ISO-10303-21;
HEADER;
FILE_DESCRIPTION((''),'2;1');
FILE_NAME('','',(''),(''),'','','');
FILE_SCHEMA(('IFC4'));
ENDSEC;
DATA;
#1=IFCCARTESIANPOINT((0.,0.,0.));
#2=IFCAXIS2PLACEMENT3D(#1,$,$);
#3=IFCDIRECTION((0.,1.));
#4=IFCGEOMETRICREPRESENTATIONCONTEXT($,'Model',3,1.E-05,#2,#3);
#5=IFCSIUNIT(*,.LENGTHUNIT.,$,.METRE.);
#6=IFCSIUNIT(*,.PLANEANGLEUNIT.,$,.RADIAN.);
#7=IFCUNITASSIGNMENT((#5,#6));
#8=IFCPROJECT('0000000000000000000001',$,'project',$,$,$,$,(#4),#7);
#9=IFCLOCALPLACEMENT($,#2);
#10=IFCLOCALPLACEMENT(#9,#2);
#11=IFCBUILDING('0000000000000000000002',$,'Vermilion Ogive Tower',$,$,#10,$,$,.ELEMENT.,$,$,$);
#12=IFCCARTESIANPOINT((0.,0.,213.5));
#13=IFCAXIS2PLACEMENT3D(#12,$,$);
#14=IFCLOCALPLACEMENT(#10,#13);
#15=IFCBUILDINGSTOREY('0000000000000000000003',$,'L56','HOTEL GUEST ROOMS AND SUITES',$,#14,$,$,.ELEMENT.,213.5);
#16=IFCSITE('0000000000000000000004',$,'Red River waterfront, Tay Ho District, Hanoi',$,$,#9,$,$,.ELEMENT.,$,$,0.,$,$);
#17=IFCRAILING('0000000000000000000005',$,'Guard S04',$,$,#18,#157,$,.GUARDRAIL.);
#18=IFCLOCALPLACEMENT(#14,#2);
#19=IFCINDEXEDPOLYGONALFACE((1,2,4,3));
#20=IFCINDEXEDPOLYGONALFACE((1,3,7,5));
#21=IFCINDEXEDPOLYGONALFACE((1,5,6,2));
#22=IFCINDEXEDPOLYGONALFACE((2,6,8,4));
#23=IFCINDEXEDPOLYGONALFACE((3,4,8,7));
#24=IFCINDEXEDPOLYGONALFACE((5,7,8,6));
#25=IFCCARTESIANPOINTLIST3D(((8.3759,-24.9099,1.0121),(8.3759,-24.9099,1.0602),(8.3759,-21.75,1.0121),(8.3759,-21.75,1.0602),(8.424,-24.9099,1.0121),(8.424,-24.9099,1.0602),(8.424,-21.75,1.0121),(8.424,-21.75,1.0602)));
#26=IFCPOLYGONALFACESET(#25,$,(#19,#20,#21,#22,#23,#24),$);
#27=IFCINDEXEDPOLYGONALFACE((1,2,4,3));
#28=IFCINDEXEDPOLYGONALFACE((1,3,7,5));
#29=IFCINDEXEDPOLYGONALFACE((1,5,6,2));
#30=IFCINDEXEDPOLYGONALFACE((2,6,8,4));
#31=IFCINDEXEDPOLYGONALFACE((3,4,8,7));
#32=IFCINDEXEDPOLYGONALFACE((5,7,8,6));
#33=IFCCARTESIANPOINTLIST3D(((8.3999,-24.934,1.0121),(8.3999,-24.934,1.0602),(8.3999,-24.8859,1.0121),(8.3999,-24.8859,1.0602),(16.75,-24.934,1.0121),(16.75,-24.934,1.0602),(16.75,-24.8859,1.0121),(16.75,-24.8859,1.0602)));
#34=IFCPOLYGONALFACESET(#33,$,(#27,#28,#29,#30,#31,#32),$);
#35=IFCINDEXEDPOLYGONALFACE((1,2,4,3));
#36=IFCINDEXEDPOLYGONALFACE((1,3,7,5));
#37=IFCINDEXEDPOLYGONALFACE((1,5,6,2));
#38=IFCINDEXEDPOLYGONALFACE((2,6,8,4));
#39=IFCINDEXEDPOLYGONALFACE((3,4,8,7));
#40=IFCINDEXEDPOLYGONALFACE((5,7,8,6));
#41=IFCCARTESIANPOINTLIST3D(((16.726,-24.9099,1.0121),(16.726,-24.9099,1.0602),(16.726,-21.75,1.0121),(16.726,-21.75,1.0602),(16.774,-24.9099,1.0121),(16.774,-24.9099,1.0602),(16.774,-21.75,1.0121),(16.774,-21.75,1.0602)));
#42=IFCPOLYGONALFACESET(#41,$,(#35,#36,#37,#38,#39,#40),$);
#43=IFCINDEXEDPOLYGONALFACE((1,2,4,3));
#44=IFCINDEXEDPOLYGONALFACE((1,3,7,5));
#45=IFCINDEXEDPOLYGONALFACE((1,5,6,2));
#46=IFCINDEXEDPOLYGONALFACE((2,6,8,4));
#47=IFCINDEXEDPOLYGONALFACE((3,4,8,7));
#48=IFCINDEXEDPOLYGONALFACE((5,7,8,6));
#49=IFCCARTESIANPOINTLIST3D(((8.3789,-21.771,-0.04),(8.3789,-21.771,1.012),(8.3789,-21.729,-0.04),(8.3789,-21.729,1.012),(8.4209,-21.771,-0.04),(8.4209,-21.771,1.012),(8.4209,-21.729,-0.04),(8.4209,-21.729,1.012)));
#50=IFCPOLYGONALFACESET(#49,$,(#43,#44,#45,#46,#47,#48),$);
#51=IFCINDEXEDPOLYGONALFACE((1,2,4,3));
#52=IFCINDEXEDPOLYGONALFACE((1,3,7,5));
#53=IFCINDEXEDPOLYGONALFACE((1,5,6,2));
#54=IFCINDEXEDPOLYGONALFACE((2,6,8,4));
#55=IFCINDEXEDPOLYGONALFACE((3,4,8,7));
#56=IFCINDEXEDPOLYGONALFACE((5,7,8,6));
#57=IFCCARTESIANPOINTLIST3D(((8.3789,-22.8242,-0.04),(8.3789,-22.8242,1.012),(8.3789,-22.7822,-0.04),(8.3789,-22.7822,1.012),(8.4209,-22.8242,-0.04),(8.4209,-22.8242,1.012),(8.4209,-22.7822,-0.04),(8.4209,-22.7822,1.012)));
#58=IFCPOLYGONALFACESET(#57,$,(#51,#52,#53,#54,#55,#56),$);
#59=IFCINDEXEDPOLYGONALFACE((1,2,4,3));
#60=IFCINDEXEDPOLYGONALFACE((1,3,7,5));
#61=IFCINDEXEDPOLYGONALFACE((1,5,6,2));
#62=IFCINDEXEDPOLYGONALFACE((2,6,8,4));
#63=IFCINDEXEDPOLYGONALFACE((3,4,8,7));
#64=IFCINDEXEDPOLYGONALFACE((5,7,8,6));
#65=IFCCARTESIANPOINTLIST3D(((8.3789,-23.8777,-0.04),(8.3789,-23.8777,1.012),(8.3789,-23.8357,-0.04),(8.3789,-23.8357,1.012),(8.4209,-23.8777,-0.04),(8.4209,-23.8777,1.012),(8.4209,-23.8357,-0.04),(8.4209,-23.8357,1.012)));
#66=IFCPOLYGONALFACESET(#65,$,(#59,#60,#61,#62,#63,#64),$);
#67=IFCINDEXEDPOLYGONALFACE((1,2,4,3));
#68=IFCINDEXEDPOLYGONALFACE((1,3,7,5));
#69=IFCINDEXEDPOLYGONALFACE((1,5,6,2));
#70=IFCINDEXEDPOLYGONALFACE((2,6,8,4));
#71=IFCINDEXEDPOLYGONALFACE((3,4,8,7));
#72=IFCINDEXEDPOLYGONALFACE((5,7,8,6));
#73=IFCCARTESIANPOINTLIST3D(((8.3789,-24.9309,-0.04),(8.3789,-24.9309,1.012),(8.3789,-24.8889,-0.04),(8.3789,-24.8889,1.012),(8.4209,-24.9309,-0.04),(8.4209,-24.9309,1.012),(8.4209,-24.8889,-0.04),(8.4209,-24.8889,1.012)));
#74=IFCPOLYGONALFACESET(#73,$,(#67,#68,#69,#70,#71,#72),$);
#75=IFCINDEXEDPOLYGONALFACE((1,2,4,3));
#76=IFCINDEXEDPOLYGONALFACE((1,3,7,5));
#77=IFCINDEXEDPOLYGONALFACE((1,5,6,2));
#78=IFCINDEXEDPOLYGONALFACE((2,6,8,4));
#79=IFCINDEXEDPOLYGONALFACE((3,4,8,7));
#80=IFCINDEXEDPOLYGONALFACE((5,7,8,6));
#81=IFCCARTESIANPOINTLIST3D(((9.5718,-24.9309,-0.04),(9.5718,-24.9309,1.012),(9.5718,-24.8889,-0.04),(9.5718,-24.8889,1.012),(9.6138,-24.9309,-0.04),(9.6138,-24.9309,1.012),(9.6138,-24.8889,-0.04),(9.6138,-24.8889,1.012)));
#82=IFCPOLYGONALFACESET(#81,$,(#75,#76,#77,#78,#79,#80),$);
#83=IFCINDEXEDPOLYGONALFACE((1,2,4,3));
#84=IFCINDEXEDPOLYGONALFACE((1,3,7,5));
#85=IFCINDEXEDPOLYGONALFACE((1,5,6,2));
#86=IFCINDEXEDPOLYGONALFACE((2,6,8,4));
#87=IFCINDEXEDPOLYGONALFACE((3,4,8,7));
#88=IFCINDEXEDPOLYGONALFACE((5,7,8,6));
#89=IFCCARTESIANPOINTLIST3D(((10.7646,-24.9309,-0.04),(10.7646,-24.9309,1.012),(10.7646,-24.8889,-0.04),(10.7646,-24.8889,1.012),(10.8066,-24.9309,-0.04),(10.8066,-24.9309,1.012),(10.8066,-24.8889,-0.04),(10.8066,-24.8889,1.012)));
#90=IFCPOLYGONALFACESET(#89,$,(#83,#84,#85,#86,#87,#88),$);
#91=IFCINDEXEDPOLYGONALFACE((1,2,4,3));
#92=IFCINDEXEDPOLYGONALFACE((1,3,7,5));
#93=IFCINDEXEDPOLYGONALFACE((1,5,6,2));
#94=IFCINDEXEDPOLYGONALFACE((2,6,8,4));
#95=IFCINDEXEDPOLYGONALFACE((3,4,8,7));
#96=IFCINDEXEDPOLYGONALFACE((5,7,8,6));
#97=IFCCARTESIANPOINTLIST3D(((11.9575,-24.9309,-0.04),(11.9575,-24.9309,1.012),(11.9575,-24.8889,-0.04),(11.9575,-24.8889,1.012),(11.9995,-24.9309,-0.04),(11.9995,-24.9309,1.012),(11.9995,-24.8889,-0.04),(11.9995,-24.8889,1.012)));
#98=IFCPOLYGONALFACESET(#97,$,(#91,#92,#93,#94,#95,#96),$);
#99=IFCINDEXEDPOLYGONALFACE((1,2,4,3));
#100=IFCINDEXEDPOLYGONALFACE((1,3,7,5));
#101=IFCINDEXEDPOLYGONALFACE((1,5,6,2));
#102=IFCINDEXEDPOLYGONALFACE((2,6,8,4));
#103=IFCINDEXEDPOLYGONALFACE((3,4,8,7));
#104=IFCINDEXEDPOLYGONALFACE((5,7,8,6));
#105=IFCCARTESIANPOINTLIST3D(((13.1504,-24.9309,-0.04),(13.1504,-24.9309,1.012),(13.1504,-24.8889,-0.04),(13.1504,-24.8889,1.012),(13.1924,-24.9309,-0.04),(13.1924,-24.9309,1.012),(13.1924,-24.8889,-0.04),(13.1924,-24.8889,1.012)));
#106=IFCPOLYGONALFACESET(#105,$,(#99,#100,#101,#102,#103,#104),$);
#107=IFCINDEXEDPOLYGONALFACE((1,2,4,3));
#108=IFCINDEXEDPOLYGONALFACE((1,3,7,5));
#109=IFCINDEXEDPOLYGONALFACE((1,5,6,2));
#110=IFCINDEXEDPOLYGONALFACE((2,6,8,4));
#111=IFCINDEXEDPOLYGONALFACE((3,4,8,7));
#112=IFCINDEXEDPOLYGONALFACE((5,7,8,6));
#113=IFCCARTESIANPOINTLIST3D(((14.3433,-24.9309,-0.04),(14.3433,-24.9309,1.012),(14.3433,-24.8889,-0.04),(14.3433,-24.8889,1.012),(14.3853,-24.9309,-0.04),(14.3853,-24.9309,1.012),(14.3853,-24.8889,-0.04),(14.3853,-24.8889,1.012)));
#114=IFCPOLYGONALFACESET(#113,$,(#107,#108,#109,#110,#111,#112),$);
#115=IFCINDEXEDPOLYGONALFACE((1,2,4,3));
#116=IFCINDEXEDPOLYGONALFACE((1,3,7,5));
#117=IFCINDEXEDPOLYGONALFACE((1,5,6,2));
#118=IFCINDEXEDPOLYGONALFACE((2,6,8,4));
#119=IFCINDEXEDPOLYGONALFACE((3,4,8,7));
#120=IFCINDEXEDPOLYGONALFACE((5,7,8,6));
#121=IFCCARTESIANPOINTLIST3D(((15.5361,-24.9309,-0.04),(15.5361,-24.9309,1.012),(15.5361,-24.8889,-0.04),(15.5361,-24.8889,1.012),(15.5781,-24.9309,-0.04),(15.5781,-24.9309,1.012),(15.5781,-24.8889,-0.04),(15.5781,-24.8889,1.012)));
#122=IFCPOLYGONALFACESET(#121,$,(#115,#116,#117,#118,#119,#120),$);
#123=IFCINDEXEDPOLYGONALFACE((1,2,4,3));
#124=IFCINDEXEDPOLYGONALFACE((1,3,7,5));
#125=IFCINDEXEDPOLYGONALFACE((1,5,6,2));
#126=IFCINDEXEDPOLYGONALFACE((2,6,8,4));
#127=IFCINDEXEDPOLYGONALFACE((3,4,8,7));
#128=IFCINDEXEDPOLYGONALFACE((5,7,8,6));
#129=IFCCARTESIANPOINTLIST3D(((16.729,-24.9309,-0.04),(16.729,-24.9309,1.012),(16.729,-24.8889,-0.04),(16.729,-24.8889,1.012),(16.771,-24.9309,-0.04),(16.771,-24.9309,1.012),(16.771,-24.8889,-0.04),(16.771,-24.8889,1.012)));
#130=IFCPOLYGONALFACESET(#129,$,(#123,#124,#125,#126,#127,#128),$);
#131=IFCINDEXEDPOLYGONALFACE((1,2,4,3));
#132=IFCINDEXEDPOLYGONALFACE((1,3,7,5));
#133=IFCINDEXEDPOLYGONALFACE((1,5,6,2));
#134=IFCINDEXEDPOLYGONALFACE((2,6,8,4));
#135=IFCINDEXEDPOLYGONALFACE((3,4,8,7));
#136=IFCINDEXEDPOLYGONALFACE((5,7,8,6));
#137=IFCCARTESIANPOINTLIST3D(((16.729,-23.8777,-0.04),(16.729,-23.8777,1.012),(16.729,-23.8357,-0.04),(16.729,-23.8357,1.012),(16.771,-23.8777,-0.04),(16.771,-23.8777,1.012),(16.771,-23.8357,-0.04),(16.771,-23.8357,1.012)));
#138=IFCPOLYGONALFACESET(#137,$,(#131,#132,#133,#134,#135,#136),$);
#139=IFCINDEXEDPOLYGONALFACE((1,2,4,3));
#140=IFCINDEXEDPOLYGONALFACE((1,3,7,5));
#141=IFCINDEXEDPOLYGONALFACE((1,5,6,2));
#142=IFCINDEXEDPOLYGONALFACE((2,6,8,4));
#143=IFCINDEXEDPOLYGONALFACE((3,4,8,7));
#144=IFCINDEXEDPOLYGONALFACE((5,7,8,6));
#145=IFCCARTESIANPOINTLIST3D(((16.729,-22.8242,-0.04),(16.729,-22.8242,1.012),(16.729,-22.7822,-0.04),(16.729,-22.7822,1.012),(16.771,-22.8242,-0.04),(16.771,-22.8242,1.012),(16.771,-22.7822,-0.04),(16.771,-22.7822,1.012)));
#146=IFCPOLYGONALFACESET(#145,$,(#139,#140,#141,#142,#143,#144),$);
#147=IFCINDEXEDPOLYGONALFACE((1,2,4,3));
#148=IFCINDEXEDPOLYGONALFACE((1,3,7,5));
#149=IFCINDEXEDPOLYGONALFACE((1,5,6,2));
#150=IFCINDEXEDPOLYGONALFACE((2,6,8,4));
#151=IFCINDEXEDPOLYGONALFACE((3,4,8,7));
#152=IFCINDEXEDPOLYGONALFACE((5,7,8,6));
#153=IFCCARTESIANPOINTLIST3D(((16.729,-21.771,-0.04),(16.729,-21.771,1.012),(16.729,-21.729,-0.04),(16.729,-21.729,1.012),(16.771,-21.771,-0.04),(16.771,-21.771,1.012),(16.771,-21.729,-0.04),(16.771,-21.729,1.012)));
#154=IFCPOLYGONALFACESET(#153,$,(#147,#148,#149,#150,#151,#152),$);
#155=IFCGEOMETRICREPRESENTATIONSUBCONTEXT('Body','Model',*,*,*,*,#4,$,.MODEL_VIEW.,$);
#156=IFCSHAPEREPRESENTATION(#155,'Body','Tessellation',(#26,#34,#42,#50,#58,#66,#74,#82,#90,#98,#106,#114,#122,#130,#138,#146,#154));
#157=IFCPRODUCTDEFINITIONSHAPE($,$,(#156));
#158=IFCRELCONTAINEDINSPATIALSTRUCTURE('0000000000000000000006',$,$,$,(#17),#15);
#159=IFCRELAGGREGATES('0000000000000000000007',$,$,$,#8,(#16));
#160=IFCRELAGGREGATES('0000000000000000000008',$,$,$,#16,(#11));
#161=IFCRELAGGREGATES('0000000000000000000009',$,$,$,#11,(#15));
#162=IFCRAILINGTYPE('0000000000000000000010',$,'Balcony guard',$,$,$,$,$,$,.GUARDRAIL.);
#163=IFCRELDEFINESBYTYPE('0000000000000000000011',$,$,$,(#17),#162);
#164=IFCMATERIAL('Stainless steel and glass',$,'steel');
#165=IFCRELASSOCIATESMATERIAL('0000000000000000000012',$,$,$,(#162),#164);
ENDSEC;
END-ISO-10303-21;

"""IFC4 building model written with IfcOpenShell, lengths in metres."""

from ifc_helpers import new_model, si_unit, direction, frame, origin, origin_2d, place, context, subcontext, project, spatial, rectangle, extrude, material, type_object, element, save


model = new_model("IFC4")

# Units and contexts
model_context = context("Model", 3, precision=1e-05, world=origin(), true_north=direction((0.0, 1.0)))
body_context = subcontext(model_context, "Body", "Model", "MODEL_VIEW")
ifc_project = project(units=[si_unit("LENGTHUNIT", "METRE"), si_unit("PLANEANGLEUNIT", "RADIAN")], contexts=[model_context])

# Site, building, storey
site_placement = place(None, origin())
site = spatial("IfcSite", under=ifc_project, at=site_placement, Name="Red River waterfront, Tay Ho District, Hanoi", CompositionType="ELEMENT", RefElevation=0.0)
building_placement = place(site_placement, origin())
building = spatial("IfcBuilding", under=site, at=building_placement, Name="Vermilion Ogive Tower", CompositionType="ELEMENT")
storey_placement = place(building_placement, frame((0.0, 0.0, 213.5)))
storey = spatial("IfcBuildingStorey", under=building, at=storey_placement, Name="L56", Description="HOTEL GUEST ROOMS AND SUITES", CompositionType="ELEMENT", Elevation=213.5)

# Railing
ifc_material_1 = material(Name="Stainless steel and glass", Category="steel")
railing_type_1 = type_object("IfcRailingType", Name="Balcony guard", PredefinedType="GUARDRAIL", material=ifc_material_1)
railing_1_placement = place(storey_placement, frame((8.3999, -21.75, -0.04)))
element("IfcRailing", 1, at=railing_1_placement, inside=storey, type_object=railing_type_1, Name="Guard S04", PredefinedType="GUARDRAIL", context=body_context, shape_type="SweptSolid", body=[
    extrude(rectangle(XDim=0.0481, YDim=0.0481, at=origin_2d()), frame((0.0, 0.0, 1.0762), z_axis=(0.0, -1.0, 0.0), x_axis=(1.0, 0.0, 0.0)), (0.0, 0.0, 1.0), 3.1599),
    extrude(rectangle(XDim=0.0481, YDim=0.0481, at=origin_2d()), frame((0.0, -3.1599, 1.0762), z_axis=(1.0, 0.0, 0.0), x_axis=(0.0, 1.0, 0.0)), (0.0, 0.0, 1.0), 8.3501),
    extrude(rectangle(XDim=0.0481, YDim=0.0481, at=origin_2d()), frame((8.3501, -3.1599, 1.0762), z_axis=(0.0, 1.0, 0.0), x_axis=(-1.0, 0.0, 0.0)), (0.0, 0.0, 1.0), 3.1599),
    extrude(rectangle(XDim=0.042, YDim=0.042, at=origin_2d()), origin(), (0.0, 0.0, 1.0), 1.052),
    extrude(rectangle(XDim=0.042, YDim=0.042, at=origin_2d()), frame((0.0, -1.0532, 0.0)), (0.0, 0.0, 1.0), 1.052),
    extrude(rectangle(XDim=0.042, YDim=0.042, at=origin_2d()), frame((0.0, -2.1067, 0.0)), (0.0, 0.0, 1.0), 1.052),
    extrude(rectangle(XDim=0.042, YDim=0.042, at=origin_2d()), frame((0.0, -3.1599, 0.0)), (0.0, 0.0, 1.0), 1.052),
    extrude(rectangle(XDim=0.042, YDim=0.042, at=origin_2d()), frame((1.1929, -3.1599, 0.0)), (0.0, 0.0, 1.0), 1.052),
    extrude(rectangle(XDim=0.042, YDim=0.042, at=origin_2d()), frame((2.3857, -3.1599, 0.0)), (0.0, 0.0, 1.0), 1.052),
    extrude(rectangle(XDim=0.042, YDim=0.042, at=origin_2d()), frame((3.5786, -3.1599, 0.0)), (0.0, 0.0, 1.0), 1.052),
    extrude(rectangle(XDim=0.042, YDim=0.042, at=origin_2d()), frame((4.7715, -3.1599, 0.0)), (0.0, 0.0, 1.0), 1.052),
    extrude(rectangle(XDim=0.042, YDim=0.042, at=origin_2d()), frame((5.9644, -3.1599, 0.0)), (0.0, 0.0, 1.0), 1.052),
    extrude(rectangle(XDim=0.042, YDim=0.042, at=origin_2d()), frame((7.1572, -3.1599, 0.0)), (0.0, 0.0, 1.0), 1.052),
    extrude(rectangle(XDim=0.042, YDim=0.042, at=origin_2d()), frame((8.3501, -3.1599, 0.0)), (0.0, 0.0, 1.0), 1.052),
    extrude(rectangle(XDim=0.042, YDim=0.042, at=origin_2d()), frame((8.3501, -2.1067, 0.0)), (0.0, 0.0, 1.0), 1.052),
    extrude(rectangle(XDim=0.042, YDim=0.042, at=origin_2d()), frame((8.3501, -1.0532, 0.0)), (0.0, 0.0, 1.0), 1.052),
    extrude(rectangle(XDim=0.042, YDim=0.042, at=origin_2d()), frame((8.3501, 0.0, 0.0)), (0.0, 0.0, 1.0), 1.052),
])

save(model, "model.ifc")
